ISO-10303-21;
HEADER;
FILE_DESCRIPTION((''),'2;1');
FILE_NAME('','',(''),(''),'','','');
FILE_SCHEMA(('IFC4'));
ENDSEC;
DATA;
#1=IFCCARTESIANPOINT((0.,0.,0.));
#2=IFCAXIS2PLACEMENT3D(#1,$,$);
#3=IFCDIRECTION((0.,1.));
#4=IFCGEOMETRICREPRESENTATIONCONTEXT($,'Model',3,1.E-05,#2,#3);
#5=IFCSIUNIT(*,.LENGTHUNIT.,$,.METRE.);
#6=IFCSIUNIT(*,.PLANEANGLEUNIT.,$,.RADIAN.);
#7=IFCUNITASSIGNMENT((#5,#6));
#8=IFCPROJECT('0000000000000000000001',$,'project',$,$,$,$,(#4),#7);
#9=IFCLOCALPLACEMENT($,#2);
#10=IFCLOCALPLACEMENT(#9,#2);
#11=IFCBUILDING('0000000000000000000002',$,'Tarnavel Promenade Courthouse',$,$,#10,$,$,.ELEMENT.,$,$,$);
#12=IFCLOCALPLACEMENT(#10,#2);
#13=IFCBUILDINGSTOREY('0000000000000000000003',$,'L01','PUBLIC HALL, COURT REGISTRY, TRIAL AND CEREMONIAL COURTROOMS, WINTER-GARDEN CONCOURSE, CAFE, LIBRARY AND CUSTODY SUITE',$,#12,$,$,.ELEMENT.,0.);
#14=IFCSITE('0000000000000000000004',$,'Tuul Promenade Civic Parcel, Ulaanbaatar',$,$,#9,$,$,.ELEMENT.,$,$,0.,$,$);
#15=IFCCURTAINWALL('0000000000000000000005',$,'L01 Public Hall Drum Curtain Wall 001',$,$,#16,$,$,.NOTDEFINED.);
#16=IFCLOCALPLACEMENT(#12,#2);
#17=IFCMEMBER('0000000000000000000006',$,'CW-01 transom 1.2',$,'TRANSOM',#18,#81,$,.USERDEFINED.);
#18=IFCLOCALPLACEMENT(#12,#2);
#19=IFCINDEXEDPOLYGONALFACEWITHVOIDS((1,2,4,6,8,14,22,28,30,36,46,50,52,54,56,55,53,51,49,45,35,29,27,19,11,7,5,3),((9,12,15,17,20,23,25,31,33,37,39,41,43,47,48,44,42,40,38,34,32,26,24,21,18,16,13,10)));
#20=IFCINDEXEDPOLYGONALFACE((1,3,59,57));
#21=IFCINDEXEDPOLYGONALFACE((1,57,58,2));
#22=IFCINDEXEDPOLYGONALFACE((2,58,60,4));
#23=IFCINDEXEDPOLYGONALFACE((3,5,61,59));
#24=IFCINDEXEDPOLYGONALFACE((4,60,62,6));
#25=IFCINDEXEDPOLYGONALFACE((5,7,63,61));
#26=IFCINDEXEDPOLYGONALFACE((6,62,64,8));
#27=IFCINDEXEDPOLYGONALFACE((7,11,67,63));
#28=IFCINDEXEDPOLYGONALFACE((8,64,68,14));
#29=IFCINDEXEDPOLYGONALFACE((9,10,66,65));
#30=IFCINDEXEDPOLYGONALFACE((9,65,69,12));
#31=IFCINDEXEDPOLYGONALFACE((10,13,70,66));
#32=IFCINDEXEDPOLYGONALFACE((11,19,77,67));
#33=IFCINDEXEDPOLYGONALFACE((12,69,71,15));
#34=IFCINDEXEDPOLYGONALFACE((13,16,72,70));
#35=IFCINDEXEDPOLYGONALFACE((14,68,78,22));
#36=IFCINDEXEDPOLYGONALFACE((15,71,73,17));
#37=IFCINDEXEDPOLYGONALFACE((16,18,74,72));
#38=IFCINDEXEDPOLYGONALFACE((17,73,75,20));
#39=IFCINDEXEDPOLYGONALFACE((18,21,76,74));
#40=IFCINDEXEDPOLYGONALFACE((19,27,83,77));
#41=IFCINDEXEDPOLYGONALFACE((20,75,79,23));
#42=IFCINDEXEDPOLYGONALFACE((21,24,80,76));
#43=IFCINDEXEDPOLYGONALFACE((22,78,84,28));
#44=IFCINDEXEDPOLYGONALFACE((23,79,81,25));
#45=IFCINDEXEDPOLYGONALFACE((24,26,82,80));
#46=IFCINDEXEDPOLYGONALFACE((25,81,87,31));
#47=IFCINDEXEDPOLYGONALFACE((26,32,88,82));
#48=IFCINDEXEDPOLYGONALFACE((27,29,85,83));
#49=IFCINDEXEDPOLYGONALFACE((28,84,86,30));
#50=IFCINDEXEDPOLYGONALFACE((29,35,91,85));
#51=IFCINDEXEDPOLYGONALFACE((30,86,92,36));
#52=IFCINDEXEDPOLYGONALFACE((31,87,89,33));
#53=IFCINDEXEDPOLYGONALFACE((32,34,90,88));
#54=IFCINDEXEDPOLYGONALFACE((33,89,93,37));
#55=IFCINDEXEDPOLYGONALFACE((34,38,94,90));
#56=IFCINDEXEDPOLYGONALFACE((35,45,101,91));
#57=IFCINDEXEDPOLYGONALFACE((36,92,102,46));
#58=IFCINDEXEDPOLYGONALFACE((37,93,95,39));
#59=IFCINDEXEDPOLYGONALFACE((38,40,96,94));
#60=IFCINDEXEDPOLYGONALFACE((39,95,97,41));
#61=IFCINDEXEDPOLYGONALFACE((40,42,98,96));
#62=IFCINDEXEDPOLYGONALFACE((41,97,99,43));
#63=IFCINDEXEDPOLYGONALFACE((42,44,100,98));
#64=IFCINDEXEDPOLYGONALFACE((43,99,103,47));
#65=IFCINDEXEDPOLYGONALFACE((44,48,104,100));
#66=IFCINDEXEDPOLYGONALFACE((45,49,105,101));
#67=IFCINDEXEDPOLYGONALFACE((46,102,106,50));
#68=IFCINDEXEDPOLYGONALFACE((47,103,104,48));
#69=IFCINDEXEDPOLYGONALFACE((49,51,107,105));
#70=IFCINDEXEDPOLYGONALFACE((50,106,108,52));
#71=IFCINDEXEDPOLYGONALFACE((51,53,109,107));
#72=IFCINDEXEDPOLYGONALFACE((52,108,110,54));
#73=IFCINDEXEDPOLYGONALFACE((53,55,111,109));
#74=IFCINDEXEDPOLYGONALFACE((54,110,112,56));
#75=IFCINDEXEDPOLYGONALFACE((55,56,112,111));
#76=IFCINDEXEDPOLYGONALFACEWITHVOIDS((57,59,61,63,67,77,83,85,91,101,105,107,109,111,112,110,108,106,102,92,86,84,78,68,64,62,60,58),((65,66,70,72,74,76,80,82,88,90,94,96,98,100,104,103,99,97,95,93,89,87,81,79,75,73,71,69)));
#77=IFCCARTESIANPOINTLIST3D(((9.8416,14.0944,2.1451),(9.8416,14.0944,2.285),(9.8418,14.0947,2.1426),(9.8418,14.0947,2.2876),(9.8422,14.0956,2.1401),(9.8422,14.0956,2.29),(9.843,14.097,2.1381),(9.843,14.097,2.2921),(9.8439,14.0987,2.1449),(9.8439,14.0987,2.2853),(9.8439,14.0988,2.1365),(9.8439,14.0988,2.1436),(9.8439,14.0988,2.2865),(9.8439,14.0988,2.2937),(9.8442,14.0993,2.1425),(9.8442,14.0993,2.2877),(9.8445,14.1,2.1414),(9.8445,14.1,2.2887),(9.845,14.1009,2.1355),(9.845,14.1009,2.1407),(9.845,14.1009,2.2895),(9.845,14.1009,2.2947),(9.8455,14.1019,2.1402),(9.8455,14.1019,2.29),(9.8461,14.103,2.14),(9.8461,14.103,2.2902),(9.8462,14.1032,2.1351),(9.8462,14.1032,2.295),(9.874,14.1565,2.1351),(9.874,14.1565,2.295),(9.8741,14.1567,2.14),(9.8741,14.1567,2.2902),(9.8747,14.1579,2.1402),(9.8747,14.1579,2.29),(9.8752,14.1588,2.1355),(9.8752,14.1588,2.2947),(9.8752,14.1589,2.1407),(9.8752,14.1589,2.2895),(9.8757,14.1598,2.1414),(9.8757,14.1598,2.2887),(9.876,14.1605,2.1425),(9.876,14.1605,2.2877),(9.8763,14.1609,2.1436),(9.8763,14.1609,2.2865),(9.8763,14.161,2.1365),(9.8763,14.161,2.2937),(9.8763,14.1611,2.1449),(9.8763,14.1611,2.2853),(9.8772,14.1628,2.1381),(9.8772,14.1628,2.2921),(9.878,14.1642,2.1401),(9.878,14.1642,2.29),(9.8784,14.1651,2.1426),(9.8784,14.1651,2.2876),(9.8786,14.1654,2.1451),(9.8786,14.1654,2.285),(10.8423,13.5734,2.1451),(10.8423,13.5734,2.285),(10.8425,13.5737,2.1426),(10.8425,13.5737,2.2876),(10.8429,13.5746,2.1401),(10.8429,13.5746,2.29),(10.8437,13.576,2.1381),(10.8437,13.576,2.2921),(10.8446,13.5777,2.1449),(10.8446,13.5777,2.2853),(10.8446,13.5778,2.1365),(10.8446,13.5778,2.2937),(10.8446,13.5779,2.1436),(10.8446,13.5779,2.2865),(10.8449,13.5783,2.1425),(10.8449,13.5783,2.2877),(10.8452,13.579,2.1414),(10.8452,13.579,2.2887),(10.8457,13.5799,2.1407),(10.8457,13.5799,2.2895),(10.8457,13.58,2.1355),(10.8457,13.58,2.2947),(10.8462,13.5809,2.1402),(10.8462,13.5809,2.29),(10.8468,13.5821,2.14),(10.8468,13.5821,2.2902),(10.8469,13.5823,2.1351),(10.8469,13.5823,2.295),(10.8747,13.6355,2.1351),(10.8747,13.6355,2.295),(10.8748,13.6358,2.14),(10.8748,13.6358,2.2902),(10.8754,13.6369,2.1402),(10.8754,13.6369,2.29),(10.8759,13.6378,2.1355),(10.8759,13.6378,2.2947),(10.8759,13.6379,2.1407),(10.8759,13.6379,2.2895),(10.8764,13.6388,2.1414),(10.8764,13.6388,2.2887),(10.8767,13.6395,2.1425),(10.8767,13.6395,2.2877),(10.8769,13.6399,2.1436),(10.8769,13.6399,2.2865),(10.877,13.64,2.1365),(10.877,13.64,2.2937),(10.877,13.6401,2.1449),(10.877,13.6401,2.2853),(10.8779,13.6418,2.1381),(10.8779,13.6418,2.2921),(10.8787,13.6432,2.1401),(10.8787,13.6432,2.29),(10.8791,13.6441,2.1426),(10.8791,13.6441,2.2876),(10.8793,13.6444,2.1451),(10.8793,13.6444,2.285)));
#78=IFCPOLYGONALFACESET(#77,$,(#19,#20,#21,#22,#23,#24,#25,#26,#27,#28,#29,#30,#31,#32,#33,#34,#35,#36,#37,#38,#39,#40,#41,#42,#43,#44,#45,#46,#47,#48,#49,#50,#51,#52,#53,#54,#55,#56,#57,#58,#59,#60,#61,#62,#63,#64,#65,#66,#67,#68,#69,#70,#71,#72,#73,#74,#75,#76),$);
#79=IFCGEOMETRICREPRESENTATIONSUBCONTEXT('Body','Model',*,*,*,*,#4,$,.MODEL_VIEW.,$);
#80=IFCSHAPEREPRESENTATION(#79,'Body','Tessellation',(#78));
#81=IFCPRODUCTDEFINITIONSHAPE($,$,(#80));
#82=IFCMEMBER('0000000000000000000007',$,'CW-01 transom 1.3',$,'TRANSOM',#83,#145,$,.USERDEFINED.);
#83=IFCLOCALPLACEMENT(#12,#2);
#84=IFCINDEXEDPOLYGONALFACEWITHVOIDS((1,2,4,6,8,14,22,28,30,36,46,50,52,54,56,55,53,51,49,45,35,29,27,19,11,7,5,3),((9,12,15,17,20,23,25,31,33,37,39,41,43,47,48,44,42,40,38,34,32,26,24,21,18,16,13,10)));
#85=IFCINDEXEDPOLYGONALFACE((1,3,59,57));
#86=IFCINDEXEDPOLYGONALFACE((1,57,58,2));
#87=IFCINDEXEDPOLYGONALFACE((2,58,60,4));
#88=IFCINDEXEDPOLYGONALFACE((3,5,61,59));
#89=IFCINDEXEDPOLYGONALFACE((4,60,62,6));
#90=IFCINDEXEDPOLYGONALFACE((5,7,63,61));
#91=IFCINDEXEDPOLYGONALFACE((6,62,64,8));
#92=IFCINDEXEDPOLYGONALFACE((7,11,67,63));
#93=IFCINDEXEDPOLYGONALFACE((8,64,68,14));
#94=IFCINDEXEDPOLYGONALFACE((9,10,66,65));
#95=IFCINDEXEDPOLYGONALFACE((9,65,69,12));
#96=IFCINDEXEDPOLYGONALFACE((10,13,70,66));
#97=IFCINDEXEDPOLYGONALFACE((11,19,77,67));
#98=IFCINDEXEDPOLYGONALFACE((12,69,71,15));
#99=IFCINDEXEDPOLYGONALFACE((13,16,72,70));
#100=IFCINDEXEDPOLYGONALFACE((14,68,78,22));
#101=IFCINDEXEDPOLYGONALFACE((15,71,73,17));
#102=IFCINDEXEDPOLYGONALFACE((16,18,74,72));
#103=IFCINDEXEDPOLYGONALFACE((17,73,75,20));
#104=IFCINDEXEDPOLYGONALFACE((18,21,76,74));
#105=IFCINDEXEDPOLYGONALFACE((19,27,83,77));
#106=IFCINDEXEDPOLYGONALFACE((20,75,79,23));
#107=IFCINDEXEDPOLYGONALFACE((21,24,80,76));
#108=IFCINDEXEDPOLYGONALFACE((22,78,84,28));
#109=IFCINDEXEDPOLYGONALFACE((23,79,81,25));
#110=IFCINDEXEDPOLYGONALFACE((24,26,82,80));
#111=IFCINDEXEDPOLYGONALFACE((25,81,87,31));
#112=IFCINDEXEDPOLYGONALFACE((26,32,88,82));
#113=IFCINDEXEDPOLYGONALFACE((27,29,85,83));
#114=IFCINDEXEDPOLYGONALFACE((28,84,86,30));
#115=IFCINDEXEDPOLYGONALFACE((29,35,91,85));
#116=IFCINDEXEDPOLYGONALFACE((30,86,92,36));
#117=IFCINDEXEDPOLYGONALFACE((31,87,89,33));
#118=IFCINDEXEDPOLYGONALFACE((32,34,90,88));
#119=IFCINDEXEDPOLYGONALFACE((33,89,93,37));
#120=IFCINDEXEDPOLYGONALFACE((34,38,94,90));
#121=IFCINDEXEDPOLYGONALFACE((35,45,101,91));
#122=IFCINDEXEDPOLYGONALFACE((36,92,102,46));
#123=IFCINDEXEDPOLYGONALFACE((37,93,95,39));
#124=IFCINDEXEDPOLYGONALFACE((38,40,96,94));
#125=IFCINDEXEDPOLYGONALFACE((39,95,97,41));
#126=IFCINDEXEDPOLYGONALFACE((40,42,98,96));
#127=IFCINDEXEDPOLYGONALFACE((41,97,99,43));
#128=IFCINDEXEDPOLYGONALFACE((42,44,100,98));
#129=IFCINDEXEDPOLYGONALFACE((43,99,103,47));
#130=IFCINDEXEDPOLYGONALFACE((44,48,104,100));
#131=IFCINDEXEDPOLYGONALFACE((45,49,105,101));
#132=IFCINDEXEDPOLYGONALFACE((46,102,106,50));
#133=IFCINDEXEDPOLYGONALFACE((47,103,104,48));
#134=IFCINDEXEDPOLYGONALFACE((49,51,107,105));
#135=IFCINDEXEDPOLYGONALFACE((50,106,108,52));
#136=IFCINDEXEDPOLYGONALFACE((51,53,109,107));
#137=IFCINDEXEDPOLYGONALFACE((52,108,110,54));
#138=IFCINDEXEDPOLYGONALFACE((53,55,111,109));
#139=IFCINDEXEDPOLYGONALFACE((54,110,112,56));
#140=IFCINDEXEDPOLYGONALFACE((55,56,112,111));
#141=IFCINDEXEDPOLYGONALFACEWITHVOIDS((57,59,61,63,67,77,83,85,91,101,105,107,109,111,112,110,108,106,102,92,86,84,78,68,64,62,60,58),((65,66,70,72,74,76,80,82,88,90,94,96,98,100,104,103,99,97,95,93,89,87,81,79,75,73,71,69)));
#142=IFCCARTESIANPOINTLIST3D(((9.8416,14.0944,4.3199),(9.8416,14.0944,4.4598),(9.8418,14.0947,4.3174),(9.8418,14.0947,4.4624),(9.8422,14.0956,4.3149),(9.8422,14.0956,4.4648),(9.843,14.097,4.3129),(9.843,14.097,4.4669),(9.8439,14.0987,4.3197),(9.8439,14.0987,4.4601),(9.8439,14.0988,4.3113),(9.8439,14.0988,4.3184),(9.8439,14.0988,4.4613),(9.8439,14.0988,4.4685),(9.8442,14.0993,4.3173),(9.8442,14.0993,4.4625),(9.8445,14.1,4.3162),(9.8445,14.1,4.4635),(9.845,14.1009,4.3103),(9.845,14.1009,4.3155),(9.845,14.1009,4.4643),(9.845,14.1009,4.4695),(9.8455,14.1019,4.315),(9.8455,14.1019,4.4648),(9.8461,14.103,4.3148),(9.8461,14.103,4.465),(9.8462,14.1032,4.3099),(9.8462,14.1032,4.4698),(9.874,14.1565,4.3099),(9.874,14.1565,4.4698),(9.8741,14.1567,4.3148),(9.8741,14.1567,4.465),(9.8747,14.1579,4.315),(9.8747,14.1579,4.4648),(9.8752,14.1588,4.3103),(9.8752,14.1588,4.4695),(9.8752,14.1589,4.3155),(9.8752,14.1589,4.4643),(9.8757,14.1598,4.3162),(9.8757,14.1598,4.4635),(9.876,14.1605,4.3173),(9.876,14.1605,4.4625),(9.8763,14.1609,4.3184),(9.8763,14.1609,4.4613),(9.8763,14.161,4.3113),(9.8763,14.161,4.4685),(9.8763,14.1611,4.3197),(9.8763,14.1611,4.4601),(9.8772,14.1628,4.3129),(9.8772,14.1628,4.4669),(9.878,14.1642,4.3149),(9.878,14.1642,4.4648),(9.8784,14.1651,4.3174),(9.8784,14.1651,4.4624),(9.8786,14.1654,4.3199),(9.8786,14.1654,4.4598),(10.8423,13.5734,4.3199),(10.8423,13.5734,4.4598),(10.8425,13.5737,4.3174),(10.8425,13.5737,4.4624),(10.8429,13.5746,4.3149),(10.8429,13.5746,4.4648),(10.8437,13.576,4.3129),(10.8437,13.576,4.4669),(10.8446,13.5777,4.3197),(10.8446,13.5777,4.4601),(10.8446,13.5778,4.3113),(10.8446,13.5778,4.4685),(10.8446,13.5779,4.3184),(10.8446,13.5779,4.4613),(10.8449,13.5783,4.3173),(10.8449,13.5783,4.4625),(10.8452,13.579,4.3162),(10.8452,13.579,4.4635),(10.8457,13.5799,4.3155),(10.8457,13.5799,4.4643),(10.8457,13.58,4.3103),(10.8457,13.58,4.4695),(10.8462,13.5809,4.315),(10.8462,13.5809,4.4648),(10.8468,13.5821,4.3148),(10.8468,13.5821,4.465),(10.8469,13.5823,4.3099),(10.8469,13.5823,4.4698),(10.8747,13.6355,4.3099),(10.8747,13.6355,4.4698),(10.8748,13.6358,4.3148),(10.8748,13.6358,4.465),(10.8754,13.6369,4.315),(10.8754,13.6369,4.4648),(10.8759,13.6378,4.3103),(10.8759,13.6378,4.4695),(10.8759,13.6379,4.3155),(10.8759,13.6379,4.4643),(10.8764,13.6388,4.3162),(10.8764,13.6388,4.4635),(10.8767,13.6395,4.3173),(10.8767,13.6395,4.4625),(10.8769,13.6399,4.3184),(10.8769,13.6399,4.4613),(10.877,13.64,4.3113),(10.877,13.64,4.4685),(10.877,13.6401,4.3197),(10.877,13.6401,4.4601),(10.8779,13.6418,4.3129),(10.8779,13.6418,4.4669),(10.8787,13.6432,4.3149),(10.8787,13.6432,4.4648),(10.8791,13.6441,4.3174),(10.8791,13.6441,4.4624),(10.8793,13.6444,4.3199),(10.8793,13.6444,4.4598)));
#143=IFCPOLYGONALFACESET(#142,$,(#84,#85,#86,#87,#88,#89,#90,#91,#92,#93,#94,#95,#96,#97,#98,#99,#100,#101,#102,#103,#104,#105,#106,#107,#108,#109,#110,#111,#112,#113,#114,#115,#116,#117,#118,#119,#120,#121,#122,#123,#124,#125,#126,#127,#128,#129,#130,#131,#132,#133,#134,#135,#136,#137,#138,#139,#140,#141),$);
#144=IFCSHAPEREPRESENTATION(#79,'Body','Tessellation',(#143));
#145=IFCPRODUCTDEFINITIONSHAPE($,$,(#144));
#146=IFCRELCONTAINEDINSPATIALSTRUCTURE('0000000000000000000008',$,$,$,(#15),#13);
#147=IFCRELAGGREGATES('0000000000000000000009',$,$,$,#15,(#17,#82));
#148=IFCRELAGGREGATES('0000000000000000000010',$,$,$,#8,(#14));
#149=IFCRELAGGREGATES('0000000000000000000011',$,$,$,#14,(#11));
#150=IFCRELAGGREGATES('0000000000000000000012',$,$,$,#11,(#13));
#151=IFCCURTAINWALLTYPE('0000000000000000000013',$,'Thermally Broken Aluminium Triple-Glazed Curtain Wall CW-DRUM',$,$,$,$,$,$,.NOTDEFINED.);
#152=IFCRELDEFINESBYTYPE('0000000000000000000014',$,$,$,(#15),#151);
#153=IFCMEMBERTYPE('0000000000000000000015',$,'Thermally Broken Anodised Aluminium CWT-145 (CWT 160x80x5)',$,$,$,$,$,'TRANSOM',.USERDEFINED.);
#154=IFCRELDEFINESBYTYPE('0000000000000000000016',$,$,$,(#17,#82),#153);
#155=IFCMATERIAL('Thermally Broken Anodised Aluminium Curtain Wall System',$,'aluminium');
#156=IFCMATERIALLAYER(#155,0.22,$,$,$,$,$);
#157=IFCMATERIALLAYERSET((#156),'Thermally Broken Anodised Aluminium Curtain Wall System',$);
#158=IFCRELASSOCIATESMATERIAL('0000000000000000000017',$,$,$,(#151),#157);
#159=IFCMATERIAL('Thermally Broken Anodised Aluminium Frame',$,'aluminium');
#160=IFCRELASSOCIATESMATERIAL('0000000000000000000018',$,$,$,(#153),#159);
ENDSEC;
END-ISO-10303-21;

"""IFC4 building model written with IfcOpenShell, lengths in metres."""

from ifc_helpers import new_model, si_unit, direction, frame, origin, origin_2d, place, context, subcontext, project, spatial, hollow_rectangle, extrude, material, layer, layer_set, material_profile, profile_set, type_object, element, aggregate, save


model = new_model("IFC4")

# Units and contexts
model_context = context("Model", 3, precision=1e-05, world=origin(), true_north=direction((0.0, 1.0)))
body_context = subcontext(model_context, "Body", "Model", "MODEL_VIEW")
ifc_project = project(units=[si_unit("LENGTHUNIT", "METRE"), si_unit("PLANEANGLEUNIT", "RADIAN")], contexts=[model_context])

# Site, building, storey
site_placement = place(None, origin())
site = spatial("IfcSite", under=ifc_project, at=site_placement, Name="Tuul Promenade Civic Parcel, Ulaanbaatar", CompositionType="ELEMENT", RefElevation=0.0)
building_placement = place(site_placement, origin())
building = spatial("IfcBuilding", under=site, at=building_placement, Name="Tarnavel Promenade Courthouse", CompositionType="ELEMENT")
storey_placement = place(building_placement, origin())
storey = spatial("IfcBuildingStorey", under=building, at=storey_placement, Name="L01", Description="PUBLIC HALL, COURT REGISTRY, TRIAL AND CEREMONIAL COURTROOMS, WINTER-GARDEN CONCOURSE, CAFE, LIBRARY AND CUSTODY SUITE", CompositionType="ELEMENT", Elevation=0.0)

# Curtain wall
ifc_material_1 = material(Name="Thermally Broken Anodised Aluminium Curtain Wall System", Category="aluminium")
ifc_layer_1 = layer(ifc_material_1, 0.22)
ifc_layer_set_1 = layer_set([ifc_layer_1], Name="Thermally Broken Anodised Aluminium Curtain Wall System")
curtain_wall_type = type_object("IfcCurtainWallType", Name="Thermally Broken Aluminium Triple-Glazed Curtain Wall CW-DRUM", PredefinedType="NOTDEFINED", material=ifc_layer_set_1)
curtain_wall_1_placement = place(storey_placement, origin())
curtain_wall_1 = element("IfcCurtainWall", 1, at=curtain_wall_1_placement, inside=storey, type_object=curtain_wall_type, Name="L01 Public Hall Drum Curtain Wall 001", PredefinedType="NOTDEFINED")
ifc_material_2 = material(Name="Thermally Broken Anodised Aluminium Frame", Category="aluminium")

# Members
ifc_material_profile_1 = material_profile(ifc_material_2, hollow_rectangle(XDim=0.0801, YDim=0.1599, WallThickness=0.0049, InnerFilletRadius=0.0049, OuterFilletRadius=0.01, at=origin_2d()), Name="CWT 160x80x5")
ifc_profile_set_1 = profile_set([ifc_material_profile_1], Name="Thermally Broken Anodised Aluminium Frame")
member_type_1 = type_object("IfcMemberType", Name="Thermally Broken Anodised Aluminium CWT-145 (CWT 160x80x5)", ElementType="TRANSOM", PredefinedType="USERDEFINED", material=ifc_profile_set_1)
member_1_placement = place(storey_placement, frame((9.8601, 14.1299, 2.2151), z_axis=(0.886993, -0.461782, 0.0), x_axis=(0.461782, 0.886993, 0.0)))
member_1 = element("IfcMember", 2, at=member_1_placement, type_object=member_type_1, Name="CW-01 transom 1.2", ObjectType="TRANSOM", PredefinedType="USERDEFINED", context=body_context, shape_type="SweptSolid", body=[
    extrude(hollow_rectangle(XDim=0.0801, YDim=0.1599, WallThickness=0.0049, InnerFilletRadius=0.0049, OuterFilletRadius=0.01, at=origin_2d()), origin(), (0.0, 0.0, 1.0), 1.1282),
])
member_2_placement = place(storey_placement, frame((9.8601, 14.1299, 4.3899), z_axis=(0.886993, -0.461782, 0.0), x_axis=(0.461782, 0.886993, 0.0)))
member_2 = element("IfcMember", 3, at=member_2_placement, type_object=member_type_1, Name="CW-01 transom 1.3", ObjectType="TRANSOM", PredefinedType="USERDEFINED", context=body_context, shape_type="SweptSolid", body=[
    extrude(hollow_rectangle(XDim=0.0801, YDim=0.1599, WallThickness=0.0049, InnerFilletRadius=0.0049, OuterFilletRadius=0.01, at=origin_2d()), origin(), (0.0, 0.0, 1.0), 1.1282),
])

aggregate(curtain_wall_1, [member_1, member_2])

save(model, "model.ifc")
